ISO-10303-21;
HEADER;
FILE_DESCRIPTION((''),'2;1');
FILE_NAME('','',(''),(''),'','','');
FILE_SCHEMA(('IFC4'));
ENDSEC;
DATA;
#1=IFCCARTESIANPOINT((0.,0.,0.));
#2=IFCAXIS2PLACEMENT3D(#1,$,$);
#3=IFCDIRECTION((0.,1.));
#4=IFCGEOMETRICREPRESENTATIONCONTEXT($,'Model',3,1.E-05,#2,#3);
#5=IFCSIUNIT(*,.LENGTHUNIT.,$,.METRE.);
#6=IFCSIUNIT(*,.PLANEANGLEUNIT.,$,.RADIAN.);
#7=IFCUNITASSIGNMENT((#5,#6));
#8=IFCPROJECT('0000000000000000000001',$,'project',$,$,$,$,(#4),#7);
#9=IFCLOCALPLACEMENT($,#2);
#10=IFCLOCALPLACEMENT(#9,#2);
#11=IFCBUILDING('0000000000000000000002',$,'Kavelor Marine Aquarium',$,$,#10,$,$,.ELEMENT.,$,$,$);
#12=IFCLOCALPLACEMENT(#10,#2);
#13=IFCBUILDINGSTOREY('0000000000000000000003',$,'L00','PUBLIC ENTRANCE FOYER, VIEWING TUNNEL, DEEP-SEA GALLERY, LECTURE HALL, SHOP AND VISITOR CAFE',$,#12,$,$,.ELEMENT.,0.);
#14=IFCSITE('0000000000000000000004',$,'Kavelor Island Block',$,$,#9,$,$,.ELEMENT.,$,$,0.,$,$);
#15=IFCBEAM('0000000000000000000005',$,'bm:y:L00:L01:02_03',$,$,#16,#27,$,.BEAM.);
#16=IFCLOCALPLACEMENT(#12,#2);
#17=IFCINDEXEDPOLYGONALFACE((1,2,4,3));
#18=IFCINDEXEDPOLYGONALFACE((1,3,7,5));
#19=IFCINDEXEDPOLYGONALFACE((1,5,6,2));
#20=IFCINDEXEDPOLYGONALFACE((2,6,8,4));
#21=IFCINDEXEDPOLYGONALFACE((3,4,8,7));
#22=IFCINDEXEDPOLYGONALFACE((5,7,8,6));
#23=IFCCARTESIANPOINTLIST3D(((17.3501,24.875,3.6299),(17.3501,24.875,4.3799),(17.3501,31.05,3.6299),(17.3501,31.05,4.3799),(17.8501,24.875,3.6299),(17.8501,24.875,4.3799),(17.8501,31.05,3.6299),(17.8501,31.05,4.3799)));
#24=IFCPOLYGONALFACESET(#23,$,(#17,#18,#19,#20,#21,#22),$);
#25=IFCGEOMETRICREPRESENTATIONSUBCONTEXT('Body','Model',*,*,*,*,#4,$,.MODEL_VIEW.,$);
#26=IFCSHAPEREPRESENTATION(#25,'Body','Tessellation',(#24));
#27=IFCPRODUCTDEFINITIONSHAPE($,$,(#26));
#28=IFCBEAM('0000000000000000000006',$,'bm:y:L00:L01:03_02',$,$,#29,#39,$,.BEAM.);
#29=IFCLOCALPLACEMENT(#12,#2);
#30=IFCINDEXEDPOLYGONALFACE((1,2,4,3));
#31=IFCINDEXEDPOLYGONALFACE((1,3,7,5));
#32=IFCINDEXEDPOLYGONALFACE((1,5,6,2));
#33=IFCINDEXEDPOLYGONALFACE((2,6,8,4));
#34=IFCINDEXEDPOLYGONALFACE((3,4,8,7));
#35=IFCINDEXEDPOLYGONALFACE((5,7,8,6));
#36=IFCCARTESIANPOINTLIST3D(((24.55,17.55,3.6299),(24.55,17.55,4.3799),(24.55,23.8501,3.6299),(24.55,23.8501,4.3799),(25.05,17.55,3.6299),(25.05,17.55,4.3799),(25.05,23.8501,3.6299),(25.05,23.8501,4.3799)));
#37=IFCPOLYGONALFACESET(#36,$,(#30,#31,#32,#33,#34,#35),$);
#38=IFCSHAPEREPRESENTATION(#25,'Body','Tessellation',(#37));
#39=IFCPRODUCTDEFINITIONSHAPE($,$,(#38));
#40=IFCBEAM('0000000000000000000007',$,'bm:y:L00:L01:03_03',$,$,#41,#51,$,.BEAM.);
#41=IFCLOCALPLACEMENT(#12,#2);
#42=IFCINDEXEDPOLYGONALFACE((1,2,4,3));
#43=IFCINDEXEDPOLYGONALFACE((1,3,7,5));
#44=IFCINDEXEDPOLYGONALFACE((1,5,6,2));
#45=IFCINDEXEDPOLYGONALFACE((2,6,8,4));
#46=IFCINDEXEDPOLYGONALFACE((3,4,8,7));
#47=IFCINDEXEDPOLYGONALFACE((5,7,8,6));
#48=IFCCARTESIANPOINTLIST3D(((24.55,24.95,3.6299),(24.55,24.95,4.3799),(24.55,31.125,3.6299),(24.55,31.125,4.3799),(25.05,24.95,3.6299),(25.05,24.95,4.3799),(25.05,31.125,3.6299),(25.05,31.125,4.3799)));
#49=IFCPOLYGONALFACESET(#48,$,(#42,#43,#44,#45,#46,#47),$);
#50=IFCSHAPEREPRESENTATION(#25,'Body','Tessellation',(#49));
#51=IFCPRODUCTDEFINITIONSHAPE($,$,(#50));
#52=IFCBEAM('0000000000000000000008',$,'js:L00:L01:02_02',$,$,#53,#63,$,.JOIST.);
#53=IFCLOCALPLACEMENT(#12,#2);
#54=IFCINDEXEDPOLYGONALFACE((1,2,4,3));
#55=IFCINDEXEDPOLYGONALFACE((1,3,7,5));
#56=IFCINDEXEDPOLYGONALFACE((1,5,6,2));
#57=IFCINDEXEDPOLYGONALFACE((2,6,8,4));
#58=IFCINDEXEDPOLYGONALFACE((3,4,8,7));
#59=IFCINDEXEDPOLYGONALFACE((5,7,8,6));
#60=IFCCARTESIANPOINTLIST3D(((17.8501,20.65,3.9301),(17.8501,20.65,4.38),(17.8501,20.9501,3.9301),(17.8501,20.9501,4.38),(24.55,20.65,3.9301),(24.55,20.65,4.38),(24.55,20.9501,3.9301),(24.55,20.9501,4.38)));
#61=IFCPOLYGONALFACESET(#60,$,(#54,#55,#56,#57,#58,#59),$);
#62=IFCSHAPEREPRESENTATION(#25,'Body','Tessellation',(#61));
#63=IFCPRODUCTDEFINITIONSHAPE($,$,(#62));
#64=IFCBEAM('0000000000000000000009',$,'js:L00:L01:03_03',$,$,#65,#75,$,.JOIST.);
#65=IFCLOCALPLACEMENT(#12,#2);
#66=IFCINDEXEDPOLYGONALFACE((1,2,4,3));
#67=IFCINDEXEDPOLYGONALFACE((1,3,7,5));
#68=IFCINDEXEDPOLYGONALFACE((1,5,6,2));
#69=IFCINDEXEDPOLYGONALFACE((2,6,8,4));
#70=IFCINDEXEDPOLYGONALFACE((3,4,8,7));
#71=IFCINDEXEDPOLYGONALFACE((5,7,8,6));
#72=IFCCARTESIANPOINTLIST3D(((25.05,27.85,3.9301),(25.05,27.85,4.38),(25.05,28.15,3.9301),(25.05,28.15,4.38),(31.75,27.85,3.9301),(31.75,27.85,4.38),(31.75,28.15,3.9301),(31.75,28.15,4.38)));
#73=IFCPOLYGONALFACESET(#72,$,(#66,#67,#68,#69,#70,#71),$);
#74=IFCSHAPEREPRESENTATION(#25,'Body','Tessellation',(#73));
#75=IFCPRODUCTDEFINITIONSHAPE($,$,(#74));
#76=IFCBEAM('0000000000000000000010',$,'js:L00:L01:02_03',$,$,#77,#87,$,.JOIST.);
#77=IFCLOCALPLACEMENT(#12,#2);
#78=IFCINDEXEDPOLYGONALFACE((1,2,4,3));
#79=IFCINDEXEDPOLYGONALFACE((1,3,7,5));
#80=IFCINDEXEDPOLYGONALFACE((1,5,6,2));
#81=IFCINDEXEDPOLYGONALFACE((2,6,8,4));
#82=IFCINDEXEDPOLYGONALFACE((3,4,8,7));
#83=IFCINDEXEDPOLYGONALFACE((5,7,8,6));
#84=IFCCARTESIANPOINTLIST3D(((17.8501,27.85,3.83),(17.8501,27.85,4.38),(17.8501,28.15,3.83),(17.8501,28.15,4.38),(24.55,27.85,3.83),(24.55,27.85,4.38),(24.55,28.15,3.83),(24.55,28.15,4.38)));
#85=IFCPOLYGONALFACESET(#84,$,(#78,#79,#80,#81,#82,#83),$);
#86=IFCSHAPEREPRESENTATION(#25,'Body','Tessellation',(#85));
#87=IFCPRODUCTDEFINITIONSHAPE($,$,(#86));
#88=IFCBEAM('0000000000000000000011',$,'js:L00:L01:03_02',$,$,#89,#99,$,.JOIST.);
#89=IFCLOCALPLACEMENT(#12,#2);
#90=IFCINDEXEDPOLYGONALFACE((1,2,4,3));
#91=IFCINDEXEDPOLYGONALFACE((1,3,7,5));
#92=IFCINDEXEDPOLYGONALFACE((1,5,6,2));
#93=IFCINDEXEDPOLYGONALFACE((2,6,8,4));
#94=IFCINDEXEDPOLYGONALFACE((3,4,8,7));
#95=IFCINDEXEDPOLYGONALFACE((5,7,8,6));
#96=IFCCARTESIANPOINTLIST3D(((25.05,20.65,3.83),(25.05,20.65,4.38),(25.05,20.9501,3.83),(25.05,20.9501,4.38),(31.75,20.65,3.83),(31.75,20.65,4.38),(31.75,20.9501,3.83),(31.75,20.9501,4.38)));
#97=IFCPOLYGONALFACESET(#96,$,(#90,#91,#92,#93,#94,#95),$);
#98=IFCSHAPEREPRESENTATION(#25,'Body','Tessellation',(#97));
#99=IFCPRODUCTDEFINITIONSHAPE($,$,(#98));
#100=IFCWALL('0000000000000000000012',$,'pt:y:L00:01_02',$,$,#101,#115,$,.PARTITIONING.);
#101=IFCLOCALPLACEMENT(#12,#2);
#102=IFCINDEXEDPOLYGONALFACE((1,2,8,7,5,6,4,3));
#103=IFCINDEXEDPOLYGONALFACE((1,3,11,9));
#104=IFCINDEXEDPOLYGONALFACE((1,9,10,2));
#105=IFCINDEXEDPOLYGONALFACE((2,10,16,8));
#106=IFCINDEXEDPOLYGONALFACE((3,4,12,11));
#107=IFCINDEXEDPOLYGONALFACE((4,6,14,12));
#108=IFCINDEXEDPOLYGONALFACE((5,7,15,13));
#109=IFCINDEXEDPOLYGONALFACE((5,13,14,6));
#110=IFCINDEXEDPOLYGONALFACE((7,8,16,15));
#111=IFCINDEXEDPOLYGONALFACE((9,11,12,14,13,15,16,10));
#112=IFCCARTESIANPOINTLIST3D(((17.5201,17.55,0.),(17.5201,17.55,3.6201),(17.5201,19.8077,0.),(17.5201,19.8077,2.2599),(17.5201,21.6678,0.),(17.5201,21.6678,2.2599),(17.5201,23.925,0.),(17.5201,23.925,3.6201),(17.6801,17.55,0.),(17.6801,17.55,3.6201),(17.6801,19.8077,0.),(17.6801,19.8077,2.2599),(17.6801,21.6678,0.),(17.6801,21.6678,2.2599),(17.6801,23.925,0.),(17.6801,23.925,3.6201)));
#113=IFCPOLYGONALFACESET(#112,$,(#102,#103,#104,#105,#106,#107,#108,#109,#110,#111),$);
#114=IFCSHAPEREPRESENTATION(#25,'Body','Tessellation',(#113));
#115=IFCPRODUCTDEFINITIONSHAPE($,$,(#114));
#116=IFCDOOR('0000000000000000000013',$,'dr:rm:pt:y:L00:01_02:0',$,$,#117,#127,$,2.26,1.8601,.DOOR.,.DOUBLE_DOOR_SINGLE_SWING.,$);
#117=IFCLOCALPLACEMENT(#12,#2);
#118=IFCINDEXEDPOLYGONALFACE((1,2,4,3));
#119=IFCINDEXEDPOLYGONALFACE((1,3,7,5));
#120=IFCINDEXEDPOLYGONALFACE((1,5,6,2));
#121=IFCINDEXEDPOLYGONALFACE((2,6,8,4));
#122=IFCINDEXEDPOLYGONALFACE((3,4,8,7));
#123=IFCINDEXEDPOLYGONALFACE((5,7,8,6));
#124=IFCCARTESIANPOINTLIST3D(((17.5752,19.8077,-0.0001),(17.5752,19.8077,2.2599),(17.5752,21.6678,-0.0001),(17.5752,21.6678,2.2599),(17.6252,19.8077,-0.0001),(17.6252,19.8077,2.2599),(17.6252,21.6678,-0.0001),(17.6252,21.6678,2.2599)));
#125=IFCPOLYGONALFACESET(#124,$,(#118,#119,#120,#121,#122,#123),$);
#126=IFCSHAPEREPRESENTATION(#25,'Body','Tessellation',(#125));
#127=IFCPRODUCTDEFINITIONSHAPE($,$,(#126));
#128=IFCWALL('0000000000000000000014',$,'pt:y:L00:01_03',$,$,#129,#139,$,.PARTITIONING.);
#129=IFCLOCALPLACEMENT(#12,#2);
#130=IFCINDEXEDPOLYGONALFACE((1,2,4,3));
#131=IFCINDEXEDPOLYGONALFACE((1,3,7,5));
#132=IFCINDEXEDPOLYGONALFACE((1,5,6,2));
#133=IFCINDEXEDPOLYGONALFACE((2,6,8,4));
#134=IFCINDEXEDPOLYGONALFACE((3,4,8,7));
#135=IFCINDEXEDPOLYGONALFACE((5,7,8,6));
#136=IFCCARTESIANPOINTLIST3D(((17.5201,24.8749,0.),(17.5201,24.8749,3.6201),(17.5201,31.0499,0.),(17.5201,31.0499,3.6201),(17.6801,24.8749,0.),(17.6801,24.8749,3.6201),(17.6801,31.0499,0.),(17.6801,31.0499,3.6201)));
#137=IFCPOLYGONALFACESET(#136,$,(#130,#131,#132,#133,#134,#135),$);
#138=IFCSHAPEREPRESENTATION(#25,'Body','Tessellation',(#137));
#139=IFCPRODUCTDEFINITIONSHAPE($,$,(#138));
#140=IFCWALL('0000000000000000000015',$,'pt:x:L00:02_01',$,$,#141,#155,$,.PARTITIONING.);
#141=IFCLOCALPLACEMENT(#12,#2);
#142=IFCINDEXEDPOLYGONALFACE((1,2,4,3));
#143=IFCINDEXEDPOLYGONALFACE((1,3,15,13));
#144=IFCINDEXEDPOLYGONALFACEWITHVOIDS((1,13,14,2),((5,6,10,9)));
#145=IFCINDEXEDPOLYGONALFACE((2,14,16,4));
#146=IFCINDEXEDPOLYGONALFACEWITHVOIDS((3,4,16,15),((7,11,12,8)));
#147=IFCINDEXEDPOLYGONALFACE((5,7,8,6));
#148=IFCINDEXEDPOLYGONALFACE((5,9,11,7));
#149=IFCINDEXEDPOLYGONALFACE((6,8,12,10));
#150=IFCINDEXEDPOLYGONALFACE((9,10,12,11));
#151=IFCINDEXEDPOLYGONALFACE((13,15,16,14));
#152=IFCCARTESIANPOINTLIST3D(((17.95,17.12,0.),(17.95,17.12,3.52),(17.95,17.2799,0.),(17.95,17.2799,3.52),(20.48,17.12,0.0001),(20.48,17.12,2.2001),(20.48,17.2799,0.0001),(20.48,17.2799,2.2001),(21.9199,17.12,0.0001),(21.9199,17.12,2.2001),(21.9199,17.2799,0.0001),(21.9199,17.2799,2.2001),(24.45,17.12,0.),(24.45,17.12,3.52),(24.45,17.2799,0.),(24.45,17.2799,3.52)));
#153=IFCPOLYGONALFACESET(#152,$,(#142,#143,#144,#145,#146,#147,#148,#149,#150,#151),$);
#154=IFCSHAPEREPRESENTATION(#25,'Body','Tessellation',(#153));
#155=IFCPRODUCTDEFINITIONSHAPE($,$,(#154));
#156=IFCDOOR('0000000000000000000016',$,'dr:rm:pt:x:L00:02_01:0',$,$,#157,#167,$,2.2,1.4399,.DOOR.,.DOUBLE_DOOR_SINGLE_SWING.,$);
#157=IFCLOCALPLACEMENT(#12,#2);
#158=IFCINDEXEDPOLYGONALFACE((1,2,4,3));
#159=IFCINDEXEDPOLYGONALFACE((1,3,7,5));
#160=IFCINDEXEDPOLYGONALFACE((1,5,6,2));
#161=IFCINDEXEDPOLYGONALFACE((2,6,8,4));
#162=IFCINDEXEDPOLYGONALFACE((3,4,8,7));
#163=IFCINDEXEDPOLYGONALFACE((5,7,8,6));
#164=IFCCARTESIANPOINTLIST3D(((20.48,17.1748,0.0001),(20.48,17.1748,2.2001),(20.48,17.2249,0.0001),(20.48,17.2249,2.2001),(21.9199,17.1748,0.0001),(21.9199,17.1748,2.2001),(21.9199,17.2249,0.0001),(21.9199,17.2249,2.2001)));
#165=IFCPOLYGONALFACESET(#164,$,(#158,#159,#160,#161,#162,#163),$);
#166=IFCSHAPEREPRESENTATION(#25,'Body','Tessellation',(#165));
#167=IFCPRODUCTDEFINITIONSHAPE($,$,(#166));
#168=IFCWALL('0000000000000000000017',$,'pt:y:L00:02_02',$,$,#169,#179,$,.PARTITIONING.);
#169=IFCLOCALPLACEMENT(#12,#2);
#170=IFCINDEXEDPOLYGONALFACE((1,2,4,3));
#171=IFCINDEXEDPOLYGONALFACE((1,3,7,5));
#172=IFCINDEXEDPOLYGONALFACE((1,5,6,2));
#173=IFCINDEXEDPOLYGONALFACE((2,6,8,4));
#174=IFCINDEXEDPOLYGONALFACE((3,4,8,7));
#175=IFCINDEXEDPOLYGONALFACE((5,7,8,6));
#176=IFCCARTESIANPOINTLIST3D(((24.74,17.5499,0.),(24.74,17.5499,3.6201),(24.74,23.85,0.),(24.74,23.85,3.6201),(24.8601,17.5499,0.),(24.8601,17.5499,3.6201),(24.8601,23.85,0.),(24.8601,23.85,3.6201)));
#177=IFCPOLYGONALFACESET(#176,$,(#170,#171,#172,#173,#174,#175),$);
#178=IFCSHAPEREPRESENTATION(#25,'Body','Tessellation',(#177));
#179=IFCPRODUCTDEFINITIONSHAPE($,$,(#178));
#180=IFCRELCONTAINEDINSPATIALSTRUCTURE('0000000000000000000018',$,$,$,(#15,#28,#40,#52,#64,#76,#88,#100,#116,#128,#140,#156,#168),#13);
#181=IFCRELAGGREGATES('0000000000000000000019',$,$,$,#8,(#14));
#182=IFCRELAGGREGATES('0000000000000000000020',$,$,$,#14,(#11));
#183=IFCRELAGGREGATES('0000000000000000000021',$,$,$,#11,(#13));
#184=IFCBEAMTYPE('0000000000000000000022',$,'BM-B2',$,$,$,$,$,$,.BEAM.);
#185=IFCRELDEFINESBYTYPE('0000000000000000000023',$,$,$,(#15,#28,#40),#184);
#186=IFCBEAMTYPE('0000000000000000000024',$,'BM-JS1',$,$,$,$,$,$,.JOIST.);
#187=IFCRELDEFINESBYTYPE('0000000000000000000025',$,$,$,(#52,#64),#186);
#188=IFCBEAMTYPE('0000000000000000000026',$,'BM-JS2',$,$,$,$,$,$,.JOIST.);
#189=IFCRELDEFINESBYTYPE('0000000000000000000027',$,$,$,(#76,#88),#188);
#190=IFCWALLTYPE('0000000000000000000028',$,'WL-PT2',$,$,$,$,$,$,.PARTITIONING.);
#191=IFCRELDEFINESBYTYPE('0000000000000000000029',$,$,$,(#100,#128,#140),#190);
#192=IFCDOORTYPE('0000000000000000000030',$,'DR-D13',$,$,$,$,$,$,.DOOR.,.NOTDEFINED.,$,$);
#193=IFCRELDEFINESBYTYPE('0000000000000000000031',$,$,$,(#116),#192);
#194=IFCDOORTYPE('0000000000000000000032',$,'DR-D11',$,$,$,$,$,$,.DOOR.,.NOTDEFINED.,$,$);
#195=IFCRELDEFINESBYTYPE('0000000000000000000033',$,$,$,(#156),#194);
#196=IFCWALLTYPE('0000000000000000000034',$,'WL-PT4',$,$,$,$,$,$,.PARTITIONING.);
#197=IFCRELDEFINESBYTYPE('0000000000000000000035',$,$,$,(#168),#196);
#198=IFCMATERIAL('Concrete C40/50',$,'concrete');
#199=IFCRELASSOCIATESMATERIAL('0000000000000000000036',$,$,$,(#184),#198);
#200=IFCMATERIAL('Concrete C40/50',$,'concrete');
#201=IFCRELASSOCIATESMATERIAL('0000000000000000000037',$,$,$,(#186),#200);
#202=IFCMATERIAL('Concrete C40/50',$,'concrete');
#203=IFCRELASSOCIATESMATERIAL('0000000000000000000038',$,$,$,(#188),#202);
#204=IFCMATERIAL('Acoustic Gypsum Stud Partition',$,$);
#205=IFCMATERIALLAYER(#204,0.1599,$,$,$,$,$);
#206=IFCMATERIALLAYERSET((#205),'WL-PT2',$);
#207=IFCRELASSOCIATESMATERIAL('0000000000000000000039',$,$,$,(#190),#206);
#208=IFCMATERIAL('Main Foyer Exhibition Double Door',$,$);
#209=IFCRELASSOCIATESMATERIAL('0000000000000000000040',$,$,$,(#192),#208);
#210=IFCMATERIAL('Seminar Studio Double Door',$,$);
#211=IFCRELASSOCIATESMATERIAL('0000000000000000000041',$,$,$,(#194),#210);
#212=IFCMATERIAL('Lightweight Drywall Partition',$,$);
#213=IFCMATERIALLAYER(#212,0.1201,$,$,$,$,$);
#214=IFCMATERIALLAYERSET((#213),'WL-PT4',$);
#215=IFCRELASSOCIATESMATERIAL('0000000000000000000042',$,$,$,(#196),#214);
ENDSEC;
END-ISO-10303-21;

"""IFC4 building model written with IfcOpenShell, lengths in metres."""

from ifc_helpers import new_model, si_unit, direction, frame, frame_2d, origin, origin_2d, place, context, subcontext, project, spatial, rectangle, extrude, material, layer, layer_set, material_profile, profile_set, type_object, element, fill, save


model = new_model("IFC4")

# Units and contexts
model_context = context("Model", 3, precision=1e-05, world=origin(), true_north=direction((0.0, 1.0)))
body_context = subcontext(model_context, "Body", "Model", "MODEL_VIEW")
ifc_project = project(units=[si_unit("LENGTHUNIT", "METRE"), si_unit("PLANEANGLEUNIT", "RADIAN")], contexts=[model_context])

# Site, building, storey
site_placement = place(None, origin())
site = spatial("IfcSite", under=ifc_project, at=site_placement, Name="Kavelor Island Block", CompositionType="ELEMENT", RefElevation=0.0)
building_placement = place(site_placement, origin())
building = spatial("IfcBuilding", under=site, at=building_placement, Name="Kavelor Marine Aquarium", CompositionType="ELEMENT")
storey_placement = place(building_placement, origin())
storey = spatial("IfcBuildingStorey", under=building, at=storey_placement, Name="L00", Description="PUBLIC ENTRANCE FOYER, VIEWING TUNNEL, DEEP-SEA GALLERY, LECTURE HALL, SHOP AND VISITOR CAFE", CompositionType="ELEMENT", Elevation=0.0)

# Beams
ifc_material_1 = material(Name="Concrete C40/50", Category="concrete")
ifc_material_profile_1 = material_profile(ifc_material_1, rectangle(XDim=0.5, YDim=0.75, at=origin_2d()), Name="RC-BM 500x750")
ifc_profile_set_1 = profile_set([ifc_material_profile_1], Name="Concrete C40/50")
beam_type_1 = type_object("IfcBeamType", Name="BM-B2", PredefinedType="BEAM", material=ifc_profile_set_1)
beam_1_placement = place(storey_placement, frame((17.6001, 24.875, 4.0049), z_axis=(0.0, 1.0, 0.0), x_axis=(-1.0, 0.0, 0.0)))
element("IfcBeam", 1, at=beam_1_placement, inside=storey, type_object=beam_type_1, Name="bm:y:L00:L01:02_03", PredefinedType="BEAM", context=body_context, shape_type="SweptSolid", body=[
    extrude(rectangle(XDim=0.5, YDim=0.75, at=origin_2d()), origin(), (0.0, 0.0, 1.0), 6.175),
])
beam_2_placement = place(storey_placement, frame((24.8, 17.55, 4.0049), z_axis=(0.0, 1.0, 0.0), x_axis=(-1.0, 0.0, 0.0)))
element("IfcBeam", 2, at=beam_2_placement, inside=storey, type_object=beam_type_1, Name="bm:y:L00:L01:03_02", PredefinedType="BEAM", context=body_context, shape_type="SweptSolid", body=[
    extrude(rectangle(XDim=0.5, YDim=0.75, at=origin_2d()), origin(), (0.0, 0.0, 1.0), 6.3),
])
beam_3_placement = place(storey_placement, frame((24.8, 24.95, 4.0049), z_axis=(0.0, 1.0, 0.0), x_axis=(-1.0, 0.0, 0.0)))
element("IfcBeam", 3, at=beam_3_placement, inside=storey, type_object=beam_type_1, Name="bm:y:L00:L01:03_03", PredefinedType="BEAM", context=body_context, shape_type="SweptSolid", body=[
    extrude(rectangle(XDim=0.5, YDim=0.75, at=origin_2d()), origin(), (0.0, 0.0, 1.0), 6.175),
])
ifc_material_2 = material(Name="Concrete C40/50", Category="concrete")
ifc_material_profile_2 = material_profile(ifc_material_2, rectangle(XDim=0.3, YDim=0.45, at=origin_2d()), Name="RC-JS 300x450")
ifc_profile_set_2 = profile_set([ifc_material_profile_2], Name="Concrete C40/50")
beam_type_2 = type_object("IfcBeamType", Name="BM-JS1", PredefinedType="JOIST", material=ifc_profile_set_2)
for number, where, z_axis, x_axis, name in (
    (4, (17.8501, 20.8, 4.155), (1.0, 0.0, 0.0), (0.0, 1.0, 0.0), "js:L00:L01:02_02"),
    (5, (25.05, 28.0, 4.155), (1.0, 0.0, 0.0), (0.0, 1.0, 0.0), "js:L00:L01:03_03"),
):
    element("IfcBeam", number, at=place(storey_placement, frame(where, z_axis=z_axis, x_axis=x_axis)), inside=storey, type_object=beam_type_2, Name=name, PredefinedType="JOIST", context=body_context, shape_type="SweptSolid", body=[
        extrude(rectangle(XDim=0.3, YDim=0.45, at=origin_2d()), origin(), (0.0, 0.0, 1.0), 6.7),
    ])
ifc_material_3 = material(Name="Concrete C40/50", Category="concrete")
ifc_material_profile_3 = material_profile(ifc_material_3, rectangle(XDim=0.3, YDim=0.55, at=origin_2d()), Name="RC-JS 300x550")
ifc_profile_set_3 = profile_set([ifc_material_profile_3], Name="Concrete C40/50")
beam_type_3 = type_object("IfcBeamType", Name="BM-JS2", PredefinedType="JOIST", material=ifc_profile_set_3)
for number, where, z_axis, x_axis, name in (
    (6, (17.8501, 28.0, 4.105), (1.0, 0.0, 0.0), (0.0, 1.0, 0.0), "js:L00:L01:02_03"),
    (7, (25.05, 20.8, 4.105), (1.0, 0.0, 0.0), (0.0, 1.0, 0.0), "js:L00:L01:03_02"),
):
    element("IfcBeam", number, at=place(storey_placement, frame(where, z_axis=z_axis, x_axis=x_axis)), inside=storey, type_object=beam_type_3, Name=name, PredefinedType="JOIST", context=body_context, shape_type="SweptSolid", body=[
        extrude(rectangle(XDim=0.3, YDim=0.55, at=origin_2d()), origin(), (0.0, 0.0, 1.0), 6.7),
    ])

# Wall, opening, door
ifc_material_4 = material(Name="Acoustic Gypsum Stud Partition")
ifc_layer_1 = layer(ifc_material_4, 0.1599)
ifc_layer_set_1 = layer_set([ifc_layer_1], Name="WL-PT2")
wall_type_1 = type_object("IfcWallType", Name="WL-PT2", PredefinedType="PARTITIONING", material=ifc_layer_set_1)
wall_1_placement = place(storey_placement, frame((17.6001, 17.55, 0.0), z_axis=(0.0, 0.0, 1.0), x_axis=(0.0, 1.0, 0.0)))
wall_1 = element("IfcWall", 8, at=wall_1_placement, inside=storey, type_object=wall_type_1, Name="pt:y:L00:01_02", PredefinedType="PARTITIONING", context=body_context, shape_type="SweptSolid", body=[
    extrude(rectangle(XDim=6.375, YDim=0.1599, at=frame_2d((3.1875, 0.0))), origin(), (0.0, 0.0, 1.0), 3.6201),
])
opening_1_placement = place(wall_1_placement, frame((2.2576, 0.0, 0.0)))
opening_1 = element("IfcOpeningElement", 9, at=opening_1_placement, cuts=wall_1, PredefinedType="OPENING", context=body_context, shape_type="SweptSolid", body=[
    extrude(rectangle(XDim=1.8601, YDim=2.26, at=frame_2d((0.9302, 1.1299))), frame((0.0, 0.0898, 0.0), z_axis=(0.0, -1.0, 0.0), x_axis=(1.0, 0.0, 0.0)), (0.0, 0.0, 1.0), 0.1799),
])
ifc_material_5 = material(Name="Main Foyer Exhibition Double Door")
door_type_1 = type_object("IfcDoorType", Name="DR-D13", OperationType="NOTDEFINED", PredefinedType="DOOR", material=ifc_material_5)
door_1_placement = place(opening_1_placement, origin())
door_1 = element("IfcDoor", 10, at=door_1_placement, inside=storey, type_object=door_type_1, Name="dr:rm:pt:y:L00:01_02:0", OperationType="DOUBLE_DOOR_SINGLE_SWING", OverallHeight=2.26, OverallWidth=1.8601, PredefinedType="DOOR", context=body_context, shape_type="SweptSolid", body=[
    extrude(rectangle(XDim=1.8601, YDim=2.26, at=frame_2d((0.9302, 1.1299))), frame((0.0, 0.0249, 0.0), z_axis=(0.0, -1.0, 0.0), x_axis=(1.0, 0.0, 0.0)), (0.0, 0.0, 1.0), 0.05),
])
fill(opening_1, door_1)

# Wall
wall_2_placement = place(storey_placement, frame((17.6001, 24.875, 0.0), z_axis=(0.0, 0.0, 1.0), x_axis=(0.0, 1.0, 0.0)))
element("IfcWall", 11, at=wall_2_placement, inside=storey, type_object=wall_type_1, Name="pt:y:L00:01_03", PredefinedType="PARTITIONING", context=body_context, shape_type="SweptSolid", body=[
    extrude(rectangle(XDim=6.175, YDim=0.1599, at=frame_2d((3.0874, 0.0))), origin(), (0.0, 0.0, 1.0), 3.6201),
])

# Wall, opening, door
wall_3_placement = place(storey_placement, frame((17.95, 17.2, 0.0), z_axis=(0.0, 0.0, 1.0), x_axis=(1.0, 0.0, 0.0)))
wall_3 = element("IfcWall", 12, at=wall_3_placement, inside=storey, type_object=wall_type_1, Name="pt:x:L00:02_01", PredefinedType="PARTITIONING", context=body_context, shape_type="SweptSolid", body=[
    extrude(rectangle(XDim=6.5, YDim=0.1599, at=frame_2d((3.25, 0.0))), origin(), (0.0, 0.0, 1.0), 3.52),
])
opening_2_placement = place(wall_3_placement, frame((2.53, 0.0, 0.0)))
opening_2 = element("IfcOpeningElement", 13, at=opening_2_placement, cuts=wall_3, PredefinedType="OPENING", context=body_context, shape_type="SweptSolid", body=[
    extrude(rectangle(XDim=1.4399, YDim=2.2, at=frame_2d((0.72, 1.1001))), frame((0.0, 0.0898, 0.0), z_axis=(0.0, -1.0, 0.0), x_axis=(1.0, 0.0, 0.0)), (0.0, 0.0, 1.0), 0.1799),
])
ifc_material_6 = material(Name="Seminar Studio Double Door")
door_type_2 = type_object("IfcDoorType", Name="DR-D11", OperationType="NOTDEFINED", PredefinedType="DOOR", material=ifc_material_6)
door_2_placement = place(opening_2_placement, origin())
door_2 = element("IfcDoor", 14, at=door_2_placement, inside=storey, type_object=door_type_2, Name="dr:rm:pt:x:L00:02_01:0", OperationType="DOUBLE_DOOR_SINGLE_SWING", OverallHeight=2.2, OverallWidth=1.4399, PredefinedType="DOOR", context=body_context, shape_type="SweptSolid", body=[
    extrude(rectangle(XDim=1.4399, YDim=2.2, at=frame_2d((0.72, 1.1001))), frame((0.0, 0.0249, 0.0), z_axis=(0.0, -1.0, 0.0), x_axis=(1.0, 0.0, 0.0)), (0.0, 0.0, 1.0), 0.05),
])
fill(opening_2, door_2)

# Wall
ifc_material_7 = material(Name="Lightweight Drywall Partition")
ifc_layer_2 = layer(ifc_material_7, 0.1201)
ifc_layer_set_2 = layer_set([ifc_layer_2], Name="WL-PT4")
wall_type_2 = type_object("IfcWallType", Name="WL-PT4", PredefinedType="PARTITIONING", material=ifc_layer_set_2)
wall_4_placement = place(storey_placement, frame((24.8, 17.55, 0.0), z_axis=(0.0, 0.0, 1.0), x_axis=(0.0, 1.0, 0.0)))
element("IfcWall", 15, at=wall_4_placement, inside=storey, type_object=wall_type_2, Name="pt:y:L00:02_02", PredefinedType="PARTITIONING", context=body_context, shape_type="SweptSolid", body=[
    extrude(rectangle(XDim=6.3, YDim=0.1201, at=frame_2d((3.1499, 0.0))), origin(), (0.0, 0.0, 1.0), 3.6201),
])

save(model, "model.ifc")
